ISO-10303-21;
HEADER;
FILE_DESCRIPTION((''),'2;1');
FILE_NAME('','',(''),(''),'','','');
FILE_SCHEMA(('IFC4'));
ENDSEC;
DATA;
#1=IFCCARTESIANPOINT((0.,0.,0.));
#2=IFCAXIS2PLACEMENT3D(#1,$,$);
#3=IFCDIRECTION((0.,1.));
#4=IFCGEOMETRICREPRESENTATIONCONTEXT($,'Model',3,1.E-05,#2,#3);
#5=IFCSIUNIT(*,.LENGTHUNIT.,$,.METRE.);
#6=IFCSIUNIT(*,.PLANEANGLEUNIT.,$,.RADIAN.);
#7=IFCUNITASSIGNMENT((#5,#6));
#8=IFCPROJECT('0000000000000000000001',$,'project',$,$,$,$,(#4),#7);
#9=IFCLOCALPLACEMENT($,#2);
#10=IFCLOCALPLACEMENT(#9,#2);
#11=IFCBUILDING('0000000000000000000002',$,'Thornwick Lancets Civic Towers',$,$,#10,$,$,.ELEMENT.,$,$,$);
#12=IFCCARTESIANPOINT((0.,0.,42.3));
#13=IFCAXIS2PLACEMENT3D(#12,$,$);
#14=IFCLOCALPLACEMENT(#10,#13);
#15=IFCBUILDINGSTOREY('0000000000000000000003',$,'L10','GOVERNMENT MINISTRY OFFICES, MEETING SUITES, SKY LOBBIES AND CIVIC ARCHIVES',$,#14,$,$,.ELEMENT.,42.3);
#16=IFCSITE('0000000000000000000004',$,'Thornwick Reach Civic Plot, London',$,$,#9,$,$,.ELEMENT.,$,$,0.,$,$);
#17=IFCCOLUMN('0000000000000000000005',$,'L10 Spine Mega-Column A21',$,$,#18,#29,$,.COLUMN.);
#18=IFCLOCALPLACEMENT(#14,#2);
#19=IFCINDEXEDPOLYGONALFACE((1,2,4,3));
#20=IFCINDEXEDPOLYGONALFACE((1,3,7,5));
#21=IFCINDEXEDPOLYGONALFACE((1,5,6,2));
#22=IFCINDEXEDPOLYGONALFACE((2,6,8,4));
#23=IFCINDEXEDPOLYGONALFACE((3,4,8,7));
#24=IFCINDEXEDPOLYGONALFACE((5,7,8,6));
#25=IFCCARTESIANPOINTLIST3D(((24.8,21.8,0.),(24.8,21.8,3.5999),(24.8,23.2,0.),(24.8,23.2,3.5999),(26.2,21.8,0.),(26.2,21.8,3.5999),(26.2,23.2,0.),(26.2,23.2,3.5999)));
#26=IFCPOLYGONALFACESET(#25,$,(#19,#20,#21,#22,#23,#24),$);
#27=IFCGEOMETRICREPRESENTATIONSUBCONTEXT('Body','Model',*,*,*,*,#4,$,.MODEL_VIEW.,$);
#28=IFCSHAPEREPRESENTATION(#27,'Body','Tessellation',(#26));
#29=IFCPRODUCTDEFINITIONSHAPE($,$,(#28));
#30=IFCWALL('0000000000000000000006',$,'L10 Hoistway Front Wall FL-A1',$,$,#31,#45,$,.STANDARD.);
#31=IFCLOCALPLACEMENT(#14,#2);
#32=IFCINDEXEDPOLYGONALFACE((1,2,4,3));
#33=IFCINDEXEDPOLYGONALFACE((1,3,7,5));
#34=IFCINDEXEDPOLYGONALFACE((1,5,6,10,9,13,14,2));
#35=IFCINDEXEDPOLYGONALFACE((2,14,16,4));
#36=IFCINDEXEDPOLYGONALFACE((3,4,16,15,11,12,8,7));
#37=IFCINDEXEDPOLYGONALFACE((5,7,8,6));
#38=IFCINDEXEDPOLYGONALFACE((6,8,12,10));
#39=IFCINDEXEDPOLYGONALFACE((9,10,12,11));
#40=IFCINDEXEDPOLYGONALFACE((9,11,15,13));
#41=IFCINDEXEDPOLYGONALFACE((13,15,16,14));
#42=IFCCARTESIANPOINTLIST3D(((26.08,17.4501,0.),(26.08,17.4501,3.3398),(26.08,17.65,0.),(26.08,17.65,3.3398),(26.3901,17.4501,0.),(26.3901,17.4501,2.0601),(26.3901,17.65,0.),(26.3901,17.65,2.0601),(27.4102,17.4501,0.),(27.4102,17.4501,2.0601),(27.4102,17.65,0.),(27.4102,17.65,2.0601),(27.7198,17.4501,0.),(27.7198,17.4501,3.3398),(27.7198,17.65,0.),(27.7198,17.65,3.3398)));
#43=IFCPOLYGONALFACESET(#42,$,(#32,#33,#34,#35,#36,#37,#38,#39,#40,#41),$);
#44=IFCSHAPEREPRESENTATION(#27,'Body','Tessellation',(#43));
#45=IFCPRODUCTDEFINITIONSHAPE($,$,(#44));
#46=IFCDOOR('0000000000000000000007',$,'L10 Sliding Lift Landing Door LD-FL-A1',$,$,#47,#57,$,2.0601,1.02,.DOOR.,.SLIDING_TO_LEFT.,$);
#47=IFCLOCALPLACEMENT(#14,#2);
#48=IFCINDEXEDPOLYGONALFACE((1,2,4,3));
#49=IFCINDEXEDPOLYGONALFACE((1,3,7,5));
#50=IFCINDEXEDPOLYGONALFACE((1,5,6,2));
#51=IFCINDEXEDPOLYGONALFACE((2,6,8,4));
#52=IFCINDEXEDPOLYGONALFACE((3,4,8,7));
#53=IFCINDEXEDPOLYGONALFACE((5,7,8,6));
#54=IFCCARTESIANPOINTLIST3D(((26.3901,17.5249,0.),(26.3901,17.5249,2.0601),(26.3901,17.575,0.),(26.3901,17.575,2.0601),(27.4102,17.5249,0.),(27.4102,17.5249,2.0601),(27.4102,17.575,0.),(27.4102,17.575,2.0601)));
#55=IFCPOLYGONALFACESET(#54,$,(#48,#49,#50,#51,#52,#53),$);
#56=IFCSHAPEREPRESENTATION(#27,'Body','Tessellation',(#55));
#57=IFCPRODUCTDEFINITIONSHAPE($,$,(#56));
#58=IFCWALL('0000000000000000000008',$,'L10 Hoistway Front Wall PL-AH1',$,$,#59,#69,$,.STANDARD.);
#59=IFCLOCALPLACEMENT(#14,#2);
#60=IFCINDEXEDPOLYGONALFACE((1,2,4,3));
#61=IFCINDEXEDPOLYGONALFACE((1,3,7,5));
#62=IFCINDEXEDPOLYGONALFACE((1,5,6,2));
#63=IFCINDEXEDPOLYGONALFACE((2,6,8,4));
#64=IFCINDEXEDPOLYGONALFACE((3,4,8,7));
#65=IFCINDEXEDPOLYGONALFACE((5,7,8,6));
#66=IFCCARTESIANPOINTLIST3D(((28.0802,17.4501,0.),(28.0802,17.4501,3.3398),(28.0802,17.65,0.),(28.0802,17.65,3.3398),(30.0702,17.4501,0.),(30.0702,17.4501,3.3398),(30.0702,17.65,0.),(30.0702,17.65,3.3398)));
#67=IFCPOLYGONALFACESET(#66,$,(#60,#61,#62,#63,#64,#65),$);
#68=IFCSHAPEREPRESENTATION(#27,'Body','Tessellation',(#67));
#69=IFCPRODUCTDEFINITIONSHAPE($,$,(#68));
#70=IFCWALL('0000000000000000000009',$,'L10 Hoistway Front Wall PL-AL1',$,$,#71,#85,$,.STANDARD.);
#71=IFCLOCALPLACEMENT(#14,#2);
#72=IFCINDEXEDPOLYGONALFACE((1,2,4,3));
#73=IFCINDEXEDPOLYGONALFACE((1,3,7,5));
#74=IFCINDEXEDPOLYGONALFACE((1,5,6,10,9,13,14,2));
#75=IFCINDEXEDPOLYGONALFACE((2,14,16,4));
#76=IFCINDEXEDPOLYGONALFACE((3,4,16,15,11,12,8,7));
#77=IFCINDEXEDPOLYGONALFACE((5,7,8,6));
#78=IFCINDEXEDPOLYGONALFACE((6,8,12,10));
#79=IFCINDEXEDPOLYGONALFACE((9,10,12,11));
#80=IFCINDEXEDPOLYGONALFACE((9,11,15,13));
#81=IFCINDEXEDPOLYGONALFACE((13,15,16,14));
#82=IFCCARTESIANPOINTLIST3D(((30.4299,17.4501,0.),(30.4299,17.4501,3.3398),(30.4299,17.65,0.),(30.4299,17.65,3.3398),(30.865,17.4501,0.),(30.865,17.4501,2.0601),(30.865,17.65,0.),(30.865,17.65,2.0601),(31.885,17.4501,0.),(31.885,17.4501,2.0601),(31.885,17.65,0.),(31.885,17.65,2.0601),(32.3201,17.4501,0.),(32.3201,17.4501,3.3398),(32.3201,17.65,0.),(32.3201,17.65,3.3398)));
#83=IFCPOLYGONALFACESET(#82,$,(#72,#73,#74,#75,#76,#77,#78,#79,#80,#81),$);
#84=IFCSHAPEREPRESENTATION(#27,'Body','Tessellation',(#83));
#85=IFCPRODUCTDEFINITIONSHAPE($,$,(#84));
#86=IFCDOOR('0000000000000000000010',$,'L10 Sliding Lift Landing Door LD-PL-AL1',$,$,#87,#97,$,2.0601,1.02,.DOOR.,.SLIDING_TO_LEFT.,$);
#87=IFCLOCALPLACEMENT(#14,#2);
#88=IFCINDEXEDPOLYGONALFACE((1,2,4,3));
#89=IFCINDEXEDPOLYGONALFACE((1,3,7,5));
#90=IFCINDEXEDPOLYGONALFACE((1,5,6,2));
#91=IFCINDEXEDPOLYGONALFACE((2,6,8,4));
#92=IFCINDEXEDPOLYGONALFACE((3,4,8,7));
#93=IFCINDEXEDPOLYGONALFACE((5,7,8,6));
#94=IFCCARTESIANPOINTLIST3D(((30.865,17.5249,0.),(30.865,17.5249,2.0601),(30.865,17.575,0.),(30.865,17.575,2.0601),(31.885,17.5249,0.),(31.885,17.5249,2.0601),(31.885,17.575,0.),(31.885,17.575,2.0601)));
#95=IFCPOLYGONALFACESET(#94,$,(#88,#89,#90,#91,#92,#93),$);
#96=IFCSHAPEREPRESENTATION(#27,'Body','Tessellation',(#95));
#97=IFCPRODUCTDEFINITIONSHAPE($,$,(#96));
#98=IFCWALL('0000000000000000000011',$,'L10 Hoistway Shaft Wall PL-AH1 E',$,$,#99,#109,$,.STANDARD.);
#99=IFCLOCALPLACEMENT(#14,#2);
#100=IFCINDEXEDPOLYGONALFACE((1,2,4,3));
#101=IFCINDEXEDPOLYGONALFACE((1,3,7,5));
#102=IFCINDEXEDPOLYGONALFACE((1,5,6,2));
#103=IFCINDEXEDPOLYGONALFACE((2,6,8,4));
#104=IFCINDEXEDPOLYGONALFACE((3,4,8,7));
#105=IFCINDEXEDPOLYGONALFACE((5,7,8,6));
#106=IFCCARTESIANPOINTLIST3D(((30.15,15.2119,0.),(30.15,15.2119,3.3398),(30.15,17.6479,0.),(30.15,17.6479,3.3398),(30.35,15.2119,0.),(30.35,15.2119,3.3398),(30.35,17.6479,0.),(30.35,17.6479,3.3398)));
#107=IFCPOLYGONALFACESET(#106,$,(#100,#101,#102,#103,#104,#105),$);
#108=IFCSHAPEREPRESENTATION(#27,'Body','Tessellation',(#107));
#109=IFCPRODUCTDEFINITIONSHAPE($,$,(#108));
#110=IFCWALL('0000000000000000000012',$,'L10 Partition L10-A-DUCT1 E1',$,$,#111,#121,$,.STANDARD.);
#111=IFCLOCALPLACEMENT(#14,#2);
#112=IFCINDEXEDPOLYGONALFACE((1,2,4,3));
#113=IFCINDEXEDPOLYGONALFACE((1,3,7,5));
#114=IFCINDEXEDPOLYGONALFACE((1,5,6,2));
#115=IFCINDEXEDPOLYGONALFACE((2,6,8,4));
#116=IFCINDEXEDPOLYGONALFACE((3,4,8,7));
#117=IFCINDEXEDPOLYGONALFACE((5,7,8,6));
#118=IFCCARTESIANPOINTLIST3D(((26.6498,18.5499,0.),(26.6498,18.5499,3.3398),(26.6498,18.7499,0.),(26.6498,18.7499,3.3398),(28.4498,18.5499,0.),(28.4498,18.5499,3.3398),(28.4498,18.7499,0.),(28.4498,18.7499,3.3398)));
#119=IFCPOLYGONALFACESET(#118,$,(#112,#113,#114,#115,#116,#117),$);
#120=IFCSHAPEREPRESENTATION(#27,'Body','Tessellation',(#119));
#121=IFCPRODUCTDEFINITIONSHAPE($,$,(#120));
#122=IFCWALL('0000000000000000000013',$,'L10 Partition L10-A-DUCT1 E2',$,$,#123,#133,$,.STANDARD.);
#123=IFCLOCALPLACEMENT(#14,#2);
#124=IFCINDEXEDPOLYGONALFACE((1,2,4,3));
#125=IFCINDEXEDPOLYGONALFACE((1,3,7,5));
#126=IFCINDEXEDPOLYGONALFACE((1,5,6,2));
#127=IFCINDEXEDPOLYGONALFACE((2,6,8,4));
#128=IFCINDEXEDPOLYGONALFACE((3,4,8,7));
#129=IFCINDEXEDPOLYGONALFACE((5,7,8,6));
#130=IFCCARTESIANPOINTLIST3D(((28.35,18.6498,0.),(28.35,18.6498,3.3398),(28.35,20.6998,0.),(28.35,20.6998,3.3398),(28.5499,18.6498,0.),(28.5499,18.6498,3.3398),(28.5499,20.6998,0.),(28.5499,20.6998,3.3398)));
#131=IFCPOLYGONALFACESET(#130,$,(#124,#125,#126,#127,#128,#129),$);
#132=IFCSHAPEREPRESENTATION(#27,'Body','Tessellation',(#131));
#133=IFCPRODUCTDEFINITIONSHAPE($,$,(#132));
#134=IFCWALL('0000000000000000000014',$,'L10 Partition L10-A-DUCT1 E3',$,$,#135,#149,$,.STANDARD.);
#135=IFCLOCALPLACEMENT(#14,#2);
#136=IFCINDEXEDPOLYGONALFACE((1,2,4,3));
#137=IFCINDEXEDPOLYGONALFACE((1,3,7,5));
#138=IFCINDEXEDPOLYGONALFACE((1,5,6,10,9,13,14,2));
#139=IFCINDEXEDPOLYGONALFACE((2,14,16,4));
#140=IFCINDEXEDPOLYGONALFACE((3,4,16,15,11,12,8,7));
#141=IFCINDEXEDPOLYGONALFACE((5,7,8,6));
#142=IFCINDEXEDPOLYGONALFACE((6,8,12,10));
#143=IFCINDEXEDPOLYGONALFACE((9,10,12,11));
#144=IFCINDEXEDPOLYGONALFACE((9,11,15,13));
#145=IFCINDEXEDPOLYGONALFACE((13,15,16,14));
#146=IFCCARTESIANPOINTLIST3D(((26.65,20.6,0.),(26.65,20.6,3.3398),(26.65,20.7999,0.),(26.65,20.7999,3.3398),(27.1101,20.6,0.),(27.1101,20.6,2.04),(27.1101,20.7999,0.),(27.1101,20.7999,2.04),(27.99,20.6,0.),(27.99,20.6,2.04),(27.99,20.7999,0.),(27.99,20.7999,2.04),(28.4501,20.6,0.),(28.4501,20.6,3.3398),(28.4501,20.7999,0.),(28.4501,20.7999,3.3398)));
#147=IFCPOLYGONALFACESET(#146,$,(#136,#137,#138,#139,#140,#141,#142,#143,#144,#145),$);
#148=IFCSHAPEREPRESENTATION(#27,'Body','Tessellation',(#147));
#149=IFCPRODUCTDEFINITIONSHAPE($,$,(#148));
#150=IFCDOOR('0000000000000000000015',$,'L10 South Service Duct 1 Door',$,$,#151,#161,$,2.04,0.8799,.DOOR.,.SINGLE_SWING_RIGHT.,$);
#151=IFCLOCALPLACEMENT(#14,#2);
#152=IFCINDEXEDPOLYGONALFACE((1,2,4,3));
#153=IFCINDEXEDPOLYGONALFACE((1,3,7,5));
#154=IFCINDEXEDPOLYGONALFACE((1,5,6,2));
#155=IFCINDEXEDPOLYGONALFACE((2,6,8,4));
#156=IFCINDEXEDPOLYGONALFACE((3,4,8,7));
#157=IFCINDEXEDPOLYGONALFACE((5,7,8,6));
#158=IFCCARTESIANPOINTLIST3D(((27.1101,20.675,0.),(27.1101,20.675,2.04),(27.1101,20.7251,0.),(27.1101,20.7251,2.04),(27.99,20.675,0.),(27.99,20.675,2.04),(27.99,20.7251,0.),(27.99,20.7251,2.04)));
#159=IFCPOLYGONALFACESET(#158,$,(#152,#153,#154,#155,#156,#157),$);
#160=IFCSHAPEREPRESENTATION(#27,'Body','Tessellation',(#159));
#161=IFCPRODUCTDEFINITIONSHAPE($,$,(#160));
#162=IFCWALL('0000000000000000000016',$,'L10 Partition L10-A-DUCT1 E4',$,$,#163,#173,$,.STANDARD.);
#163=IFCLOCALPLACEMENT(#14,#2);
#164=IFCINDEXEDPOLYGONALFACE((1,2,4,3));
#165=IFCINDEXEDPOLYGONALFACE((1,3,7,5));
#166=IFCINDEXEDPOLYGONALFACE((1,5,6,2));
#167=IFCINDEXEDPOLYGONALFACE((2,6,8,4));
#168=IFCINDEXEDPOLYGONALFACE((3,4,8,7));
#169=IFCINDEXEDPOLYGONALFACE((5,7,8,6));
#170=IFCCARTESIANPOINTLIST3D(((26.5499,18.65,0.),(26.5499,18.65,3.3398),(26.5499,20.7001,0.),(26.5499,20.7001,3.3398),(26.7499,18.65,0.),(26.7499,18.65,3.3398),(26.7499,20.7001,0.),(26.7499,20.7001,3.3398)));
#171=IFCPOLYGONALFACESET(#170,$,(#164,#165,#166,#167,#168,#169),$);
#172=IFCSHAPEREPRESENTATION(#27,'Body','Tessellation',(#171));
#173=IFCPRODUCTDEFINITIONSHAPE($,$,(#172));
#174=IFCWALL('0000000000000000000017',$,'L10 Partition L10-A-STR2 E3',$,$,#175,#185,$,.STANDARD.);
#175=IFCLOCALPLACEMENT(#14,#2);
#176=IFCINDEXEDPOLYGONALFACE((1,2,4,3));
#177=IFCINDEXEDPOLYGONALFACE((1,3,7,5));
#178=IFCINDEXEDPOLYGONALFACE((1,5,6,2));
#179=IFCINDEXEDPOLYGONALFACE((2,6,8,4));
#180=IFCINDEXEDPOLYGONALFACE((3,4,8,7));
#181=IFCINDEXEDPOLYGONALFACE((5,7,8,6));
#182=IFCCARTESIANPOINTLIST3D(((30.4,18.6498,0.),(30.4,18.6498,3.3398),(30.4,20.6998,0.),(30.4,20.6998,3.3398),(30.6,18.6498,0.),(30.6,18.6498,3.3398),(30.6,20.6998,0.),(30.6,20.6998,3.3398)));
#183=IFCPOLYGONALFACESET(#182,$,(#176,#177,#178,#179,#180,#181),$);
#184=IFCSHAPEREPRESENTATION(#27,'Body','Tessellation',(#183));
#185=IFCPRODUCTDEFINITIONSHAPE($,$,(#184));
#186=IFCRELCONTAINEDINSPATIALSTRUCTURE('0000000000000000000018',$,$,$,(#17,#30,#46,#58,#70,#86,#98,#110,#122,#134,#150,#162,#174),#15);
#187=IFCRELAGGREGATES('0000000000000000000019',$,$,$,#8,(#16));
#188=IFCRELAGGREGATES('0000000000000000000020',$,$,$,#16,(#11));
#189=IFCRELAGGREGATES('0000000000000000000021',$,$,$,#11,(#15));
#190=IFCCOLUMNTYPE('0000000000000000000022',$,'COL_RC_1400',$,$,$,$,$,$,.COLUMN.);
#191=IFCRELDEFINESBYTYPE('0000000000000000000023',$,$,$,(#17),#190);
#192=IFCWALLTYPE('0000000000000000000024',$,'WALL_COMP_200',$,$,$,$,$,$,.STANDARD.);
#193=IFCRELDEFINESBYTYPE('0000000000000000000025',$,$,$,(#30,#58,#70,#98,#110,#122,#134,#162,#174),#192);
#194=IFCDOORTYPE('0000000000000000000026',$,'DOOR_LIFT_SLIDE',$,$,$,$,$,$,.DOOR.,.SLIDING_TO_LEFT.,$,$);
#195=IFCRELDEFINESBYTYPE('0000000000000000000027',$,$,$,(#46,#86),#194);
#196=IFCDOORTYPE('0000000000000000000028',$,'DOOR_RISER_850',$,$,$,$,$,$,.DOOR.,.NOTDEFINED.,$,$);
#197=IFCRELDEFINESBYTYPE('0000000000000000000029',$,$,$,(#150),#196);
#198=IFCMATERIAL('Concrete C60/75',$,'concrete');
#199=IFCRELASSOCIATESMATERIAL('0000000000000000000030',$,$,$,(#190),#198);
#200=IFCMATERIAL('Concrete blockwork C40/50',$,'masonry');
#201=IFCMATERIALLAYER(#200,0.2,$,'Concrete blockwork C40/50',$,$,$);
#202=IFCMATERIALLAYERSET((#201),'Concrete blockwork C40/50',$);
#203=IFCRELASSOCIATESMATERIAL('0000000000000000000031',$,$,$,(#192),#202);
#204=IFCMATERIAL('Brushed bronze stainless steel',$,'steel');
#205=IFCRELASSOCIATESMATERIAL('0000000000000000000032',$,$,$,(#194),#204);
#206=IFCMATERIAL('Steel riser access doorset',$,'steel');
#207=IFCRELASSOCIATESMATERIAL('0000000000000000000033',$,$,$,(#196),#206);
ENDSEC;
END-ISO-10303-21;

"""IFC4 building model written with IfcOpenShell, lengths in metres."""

from ifc_helpers import new_model, si_unit, direction, frame, frame_2d, origin, origin_2d, place, context, subcontext, project, spatial, rectangle, extrude, material, layer, layer_set, material_profile, profile_set, type_object, element, fill, save


model = new_model("IFC4")

# Units and contexts
model_context = context("Model", 3, precision=1e-05, world=origin(), true_north=direction((0.0, 1.0)))
body_context = subcontext(model_context, "Body", "Model", "MODEL_VIEW")
ifc_project = project(units=[si_unit("LENGTHUNIT", "METRE"), si_unit("PLANEANGLEUNIT", "RADIAN")], contexts=[model_context])

# Site, building, storey
site_placement = place(None, origin())
site = spatial("IfcSite", under=ifc_project, at=site_placement, Name="Thornwick Reach Civic Plot, London", CompositionType="ELEMENT", RefElevation=0.0)
building_placement = place(site_placement, origin())
building = spatial("IfcBuilding", under=site, at=building_placement, Name="Thornwick Lancets Civic Towers", CompositionType="ELEMENT")
storey_placement = place(building_placement, frame((0.0, 0.0, 42.3)))
storey = spatial("IfcBuildingStorey", under=building, at=storey_placement, Name="L10", Description="GOVERNMENT MINISTRY OFFICES, MEETING SUITES, SKY LOBBIES AND CIVIC ARCHIVES", CompositionType="ELEMENT", Elevation=42.3)

# Column
ifc_material_1 = material(Name="Concrete C60/75", Category="concrete")
ifc_material_profile = material_profile(ifc_material_1, rectangle(XDim=1.3999, YDim=1.3999, at=origin_2d()), Name="RC 1400x1400")
ifc_profile_set = profile_set([ifc_material_profile], Name="Concrete C60/75")
column_type = type_object("IfcColumnType", Name="COL_RC_1400", PredefinedType="COLUMN", material=ifc_profile_set)
column_placement = place(storey_placement, frame((25.5, 22.5, 0.0), z_axis=(0.0, 0.0, 1.0), x_axis=(1.0, 0.0, 0.0)))
element("IfcColumn", 1, at=column_placement, inside=storey, type_object=column_type, Name="L10 Spine Mega-Column A21", PredefinedType="COLUMN", context=body_context, shape_type="SweptSolid", body=[
    extrude(rectangle(XDim=1.3999, YDim=1.3999, at=origin_2d()), origin(), (0.0, 0.0, 1.0), 3.5999),
])

# Wall, opening, door
ifc_material_2 = material(Name="Concrete blockwork C40/50", Category="masonry")
ifc_layer_1 = layer(ifc_material_2, 0.2, Name="Concrete blockwork C40/50")
ifc_layer_set_1 = layer_set([ifc_layer_1], Name="Concrete blockwork C40/50")
wall_type_1 = type_object("IfcWallType", Name="WALL_COMP_200", PredefinedType="STANDARD", material=ifc_layer_set_1)
wall_1_placement = place(storey_placement, frame((26.0801, 17.55, 0.0), z_axis=(0.0, 0.0, 1.0), x_axis=(1.0, 0.0, 0.0)))
wall_1 = element("IfcWall", 2, at=wall_1_placement, inside=storey, type_object=wall_type_1, Name="L10 Hoistway Front Wall FL-A1", PredefinedType="STANDARD", context=body_context, shape_type="SweptSolid", body=[
    extrude(rectangle(XDim=1.6399, YDim=0.2, at=frame_2d((0.8198, 0.0))), origin(), (0.0, 0.0, 1.0), 3.3398),
])
opening_1_placement = place(wall_1_placement, frame((0.3101, 0.0, 0.0)))
opening_1 = element("IfcOpeningElement", 3, at=opening_1_placement, cuts=wall_1, PredefinedType="OPENING", context=body_context, shape_type="SweptSolid", body=[
    extrude(rectangle(XDim=1.02, YDim=2.0601, at=frame_2d((0.51, 1.03))), frame((0.0, 0.1099, 0.0), z_axis=(0.0, -1.0, 0.0), x_axis=(1.0, 0.0, 0.0)), (0.0, 0.0, 1.0), 0.22),
])
ifc_material_3 = material(Name="Brushed bronze stainless steel", Category="steel")
door_type_1 = type_object("IfcDoorType", Name="DOOR_LIFT_SLIDE", OperationType="SLIDING_TO_LEFT", PredefinedType="DOOR", material=ifc_material_3)
door_1_placement = place(opening_1_placement, origin())
door_1 = element("IfcDoor", 4, at=door_1_placement, inside=storey, type_object=door_type_1, Name="L10 Sliding Lift Landing Door LD-FL-A1", OperationType="SLIDING_TO_LEFT", OverallHeight=2.0601, OverallWidth=1.02, PredefinedType="DOOR", context=body_context, shape_type="SweptSolid", body=[
    extrude(rectangle(XDim=1.02, YDim=2.0601, at=frame_2d((0.51, 1.03))), frame((0.0, 0.0249, 0.0), z_axis=(0.0, -1.0, 0.0), x_axis=(1.0, 0.0, 0.0)), (0.0, 0.0, 1.0), 0.05),
])
fill(opening_1, door_1)

# Wall
wall_2_placement = place(storey_placement, frame((28.0801, 17.55, 0.0), z_axis=(0.0, 0.0, 1.0), x_axis=(1.0, 0.0, 0.0)))
element("IfcWall", 5, at=wall_2_placement, inside=storey, type_object=wall_type_1, Name="L10 Hoistway Front Wall PL-AH1", PredefinedType="STANDARD", context=body_context, shape_type="SweptSolid", body=[
    extrude(rectangle(XDim=1.99, YDim=0.2, at=frame_2d((0.9951, 0.0))), origin(), (0.0, 0.0, 1.0), 3.3398),
])

# Wall, opening, door
wall_3_placement = place(storey_placement, frame((30.4299, 17.55, 0.0), z_axis=(0.0, 0.0, 1.0), x_axis=(1.0, 0.0, 0.0)))
wall_3 = element("IfcWall", 6, at=wall_3_placement, inside=storey, type_object=wall_type_1, Name="L10 Hoistway Front Wall PL-AL1", PredefinedType="STANDARD", context=body_context, shape_type="SweptSolid", body=[
    extrude(rectangle(XDim=1.8901, YDim=0.2, at=frame_2d((0.9451, 0.0))), origin(), (0.0, 0.0, 1.0), 3.3398),
])
opening_2_placement = place(wall_3_placement, frame((0.4351, 0.0, 0.0)))
opening_2 = element("IfcOpeningElement", 7, at=opening_2_placement, cuts=wall_3, PredefinedType="OPENING", context=body_context, shape_type="SweptSolid", body=[
    extrude(rectangle(XDim=1.02, YDim=2.0601, at=frame_2d((0.51, 1.03))), frame((0.0, 0.1099, 0.0), z_axis=(0.0, -1.0, 0.0), x_axis=(1.0, 0.0, 0.0)), (0.0, 0.0, 1.0), 0.22),
])
door_2_placement = place(opening_2_placement, origin())
door_2 = element("IfcDoor", 8, at=door_2_placement, inside=storey, type_object=door_type_1, Name="L10 Sliding Lift Landing Door LD-PL-AL1", OperationType="SLIDING_TO_LEFT", OverallHeight=2.0601, OverallWidth=1.02, PredefinedType="DOOR", context=body_context, shape_type="SweptSolid", body=[
    extrude(rectangle(XDim=1.02, YDim=2.0601, at=frame_2d((0.51, 1.03))), frame((0.0, 0.0249, 0.0), z_axis=(0.0, -1.0, 0.0), x_axis=(1.0, 0.0, 0.0)), (0.0, 0.0, 1.0), 0.05),
])
fill(opening_2, door_2)

# Walls
wall_4_placement = place(storey_placement, frame((30.25, 15.2119, 0.0), z_axis=(0.0, 0.0, 1.0), x_axis=(0.0, 1.0, 0.0)))
element("IfcWall", 9, at=wall_4_placement, inside=storey, type_object=wall_type_1, Name="L10 Hoistway Shaft Wall PL-AH1 E", PredefinedType="STANDARD", context=body_context, shape_type="SweptSolid", body=[
    extrude(rectangle(XDim=2.436, YDim=0.2, at=frame_2d((1.218, 0.0))), origin(), (0.0, 0.0, 1.0), 3.3398),
])
wall_5_placement = place(storey_placement, frame((26.6499, 18.6499, 0.0), z_axis=(0.0, 0.0, 1.0), x_axis=(1.0, 0.0, 0.0)))
element("IfcWall", 10, at=wall_5_placement, inside=storey, type_object=wall_type_1, Name="L10 Partition L10-A-DUCT1 E1", PredefinedType="STANDARD", context=body_context, shape_type="SweptSolid", body=[
    extrude(rectangle(XDim=1.8, YDim=0.2, at=frame_2d((0.8999, 0.0))), origin(), (0.0, 0.0, 1.0), 3.3398),
])
wall_6_placement = place(storey_placement, frame((28.45, 18.6499, 0.0), z_axis=(0.0, 0.0, 1.0), x_axis=(0.0, 1.0, 0.0)))
element("IfcWall", 11, at=wall_6_placement, inside=storey, type_object=wall_type_1, Name="L10 Partition L10-A-DUCT1 E2", PredefinedType="STANDARD", context=body_context, shape_type="SweptSolid", body=[
    extrude(rectangle(XDim=2.05, YDim=0.2, at=frame_2d((1.0249, 0.0))), origin(), (0.0, 0.0, 1.0), 3.3398),
])

# Wall, opening, door
wall_7_placement = place(storey_placement, frame((28.45, 20.7, 0.0), z_axis=(0.0, 0.0, 1.0), x_axis=(-1.0, 0.0, 0.0)))
wall_7 = element("IfcWall", 12, at=wall_7_placement, inside=storey, type_object=wall_type_1, Name="L10 Partition L10-A-DUCT1 E3", PredefinedType="STANDARD", context=body_context, shape_type="SweptSolid", body=[
    extrude(rectangle(XDim=1.8, YDim=0.2, at=frame_2d((0.8999, 0.0))), origin(), (0.0, 0.0, 1.0), 3.3398),
])
opening_3_placement = place(wall_7_placement, frame((0.46, 0.0, 0.0)))
opening_3 = element("IfcOpeningElement", 13, at=opening_3_placement, cuts=wall_7, PredefinedType="OPENING", context=body_context, shape_type="SweptSolid", body=[
    extrude(rectangle(XDim=0.8799, YDim=2.04, at=frame_2d((0.4399, 1.02))), frame((0.0, 0.1099, 0.0), z_axis=(0.0, -1.0, 0.0), x_axis=(1.0, 0.0, 0.0)), (0.0, 0.0, 1.0), 0.22),
])
ifc_material_4 = material(Name="Steel riser access doorset", Category="steel")
door_type_2 = type_object("IfcDoorType", Name="DOOR_RISER_850", OperationType="NOTDEFINED", PredefinedType="DOOR", material=ifc_material_4)
door_3_placement = place(opening_3_placement, origin())
door_3 = element("IfcDoor", 14, at=door_3_placement, inside=storey, type_object=door_type_2, Name="L10 South Service Duct 1 Door", OperationType="SINGLE_SWING_RIGHT", OverallHeight=2.04, OverallWidth=0.8799, PredefinedType="DOOR", context=body_context, shape_type="SweptSolid", body=[
    extrude(rectangle(XDim=0.8799, YDim=2.04, at=frame_2d((0.4399, 1.02))), frame((0.0, 0.0249, 0.0), z_axis=(0.0, -1.0, 0.0), x_axis=(1.0, 0.0, 0.0)), (0.0, 0.0, 1.0), 0.05),
])
fill(opening_3, door_3)

# Walls
for number, where, z_axis, x_axis, name in (
    (15, (26.6499, 20.7, 0.0), (0.0, 0.0, 1.0), (0.0, -1.0, 0.0), "L10 Partition L10-A-DUCT1 E4"),
    (16, (30.5, 18.6499, 0.0), (0.0, 0.0, 1.0), (0.0, 1.0, 0.0), "L10 Partition L10-A-STR2 E3"),
):
    element("IfcWall", number, at=place(storey_placement, frame(where, z_axis=z_axis, x_axis=x_axis)), inside=storey, type_object=wall_type_1, Name=name, PredefinedType="STANDARD", context=body_context, shape_type="SweptSolid", body=[
        extrude(rectangle(XDim=2.05, YDim=0.2, at=frame_2d((1.0249, 0.0))), origin(), (0.0, 0.0, 1.0), 3.3398),
    ])

save(model, "model.ifc")
